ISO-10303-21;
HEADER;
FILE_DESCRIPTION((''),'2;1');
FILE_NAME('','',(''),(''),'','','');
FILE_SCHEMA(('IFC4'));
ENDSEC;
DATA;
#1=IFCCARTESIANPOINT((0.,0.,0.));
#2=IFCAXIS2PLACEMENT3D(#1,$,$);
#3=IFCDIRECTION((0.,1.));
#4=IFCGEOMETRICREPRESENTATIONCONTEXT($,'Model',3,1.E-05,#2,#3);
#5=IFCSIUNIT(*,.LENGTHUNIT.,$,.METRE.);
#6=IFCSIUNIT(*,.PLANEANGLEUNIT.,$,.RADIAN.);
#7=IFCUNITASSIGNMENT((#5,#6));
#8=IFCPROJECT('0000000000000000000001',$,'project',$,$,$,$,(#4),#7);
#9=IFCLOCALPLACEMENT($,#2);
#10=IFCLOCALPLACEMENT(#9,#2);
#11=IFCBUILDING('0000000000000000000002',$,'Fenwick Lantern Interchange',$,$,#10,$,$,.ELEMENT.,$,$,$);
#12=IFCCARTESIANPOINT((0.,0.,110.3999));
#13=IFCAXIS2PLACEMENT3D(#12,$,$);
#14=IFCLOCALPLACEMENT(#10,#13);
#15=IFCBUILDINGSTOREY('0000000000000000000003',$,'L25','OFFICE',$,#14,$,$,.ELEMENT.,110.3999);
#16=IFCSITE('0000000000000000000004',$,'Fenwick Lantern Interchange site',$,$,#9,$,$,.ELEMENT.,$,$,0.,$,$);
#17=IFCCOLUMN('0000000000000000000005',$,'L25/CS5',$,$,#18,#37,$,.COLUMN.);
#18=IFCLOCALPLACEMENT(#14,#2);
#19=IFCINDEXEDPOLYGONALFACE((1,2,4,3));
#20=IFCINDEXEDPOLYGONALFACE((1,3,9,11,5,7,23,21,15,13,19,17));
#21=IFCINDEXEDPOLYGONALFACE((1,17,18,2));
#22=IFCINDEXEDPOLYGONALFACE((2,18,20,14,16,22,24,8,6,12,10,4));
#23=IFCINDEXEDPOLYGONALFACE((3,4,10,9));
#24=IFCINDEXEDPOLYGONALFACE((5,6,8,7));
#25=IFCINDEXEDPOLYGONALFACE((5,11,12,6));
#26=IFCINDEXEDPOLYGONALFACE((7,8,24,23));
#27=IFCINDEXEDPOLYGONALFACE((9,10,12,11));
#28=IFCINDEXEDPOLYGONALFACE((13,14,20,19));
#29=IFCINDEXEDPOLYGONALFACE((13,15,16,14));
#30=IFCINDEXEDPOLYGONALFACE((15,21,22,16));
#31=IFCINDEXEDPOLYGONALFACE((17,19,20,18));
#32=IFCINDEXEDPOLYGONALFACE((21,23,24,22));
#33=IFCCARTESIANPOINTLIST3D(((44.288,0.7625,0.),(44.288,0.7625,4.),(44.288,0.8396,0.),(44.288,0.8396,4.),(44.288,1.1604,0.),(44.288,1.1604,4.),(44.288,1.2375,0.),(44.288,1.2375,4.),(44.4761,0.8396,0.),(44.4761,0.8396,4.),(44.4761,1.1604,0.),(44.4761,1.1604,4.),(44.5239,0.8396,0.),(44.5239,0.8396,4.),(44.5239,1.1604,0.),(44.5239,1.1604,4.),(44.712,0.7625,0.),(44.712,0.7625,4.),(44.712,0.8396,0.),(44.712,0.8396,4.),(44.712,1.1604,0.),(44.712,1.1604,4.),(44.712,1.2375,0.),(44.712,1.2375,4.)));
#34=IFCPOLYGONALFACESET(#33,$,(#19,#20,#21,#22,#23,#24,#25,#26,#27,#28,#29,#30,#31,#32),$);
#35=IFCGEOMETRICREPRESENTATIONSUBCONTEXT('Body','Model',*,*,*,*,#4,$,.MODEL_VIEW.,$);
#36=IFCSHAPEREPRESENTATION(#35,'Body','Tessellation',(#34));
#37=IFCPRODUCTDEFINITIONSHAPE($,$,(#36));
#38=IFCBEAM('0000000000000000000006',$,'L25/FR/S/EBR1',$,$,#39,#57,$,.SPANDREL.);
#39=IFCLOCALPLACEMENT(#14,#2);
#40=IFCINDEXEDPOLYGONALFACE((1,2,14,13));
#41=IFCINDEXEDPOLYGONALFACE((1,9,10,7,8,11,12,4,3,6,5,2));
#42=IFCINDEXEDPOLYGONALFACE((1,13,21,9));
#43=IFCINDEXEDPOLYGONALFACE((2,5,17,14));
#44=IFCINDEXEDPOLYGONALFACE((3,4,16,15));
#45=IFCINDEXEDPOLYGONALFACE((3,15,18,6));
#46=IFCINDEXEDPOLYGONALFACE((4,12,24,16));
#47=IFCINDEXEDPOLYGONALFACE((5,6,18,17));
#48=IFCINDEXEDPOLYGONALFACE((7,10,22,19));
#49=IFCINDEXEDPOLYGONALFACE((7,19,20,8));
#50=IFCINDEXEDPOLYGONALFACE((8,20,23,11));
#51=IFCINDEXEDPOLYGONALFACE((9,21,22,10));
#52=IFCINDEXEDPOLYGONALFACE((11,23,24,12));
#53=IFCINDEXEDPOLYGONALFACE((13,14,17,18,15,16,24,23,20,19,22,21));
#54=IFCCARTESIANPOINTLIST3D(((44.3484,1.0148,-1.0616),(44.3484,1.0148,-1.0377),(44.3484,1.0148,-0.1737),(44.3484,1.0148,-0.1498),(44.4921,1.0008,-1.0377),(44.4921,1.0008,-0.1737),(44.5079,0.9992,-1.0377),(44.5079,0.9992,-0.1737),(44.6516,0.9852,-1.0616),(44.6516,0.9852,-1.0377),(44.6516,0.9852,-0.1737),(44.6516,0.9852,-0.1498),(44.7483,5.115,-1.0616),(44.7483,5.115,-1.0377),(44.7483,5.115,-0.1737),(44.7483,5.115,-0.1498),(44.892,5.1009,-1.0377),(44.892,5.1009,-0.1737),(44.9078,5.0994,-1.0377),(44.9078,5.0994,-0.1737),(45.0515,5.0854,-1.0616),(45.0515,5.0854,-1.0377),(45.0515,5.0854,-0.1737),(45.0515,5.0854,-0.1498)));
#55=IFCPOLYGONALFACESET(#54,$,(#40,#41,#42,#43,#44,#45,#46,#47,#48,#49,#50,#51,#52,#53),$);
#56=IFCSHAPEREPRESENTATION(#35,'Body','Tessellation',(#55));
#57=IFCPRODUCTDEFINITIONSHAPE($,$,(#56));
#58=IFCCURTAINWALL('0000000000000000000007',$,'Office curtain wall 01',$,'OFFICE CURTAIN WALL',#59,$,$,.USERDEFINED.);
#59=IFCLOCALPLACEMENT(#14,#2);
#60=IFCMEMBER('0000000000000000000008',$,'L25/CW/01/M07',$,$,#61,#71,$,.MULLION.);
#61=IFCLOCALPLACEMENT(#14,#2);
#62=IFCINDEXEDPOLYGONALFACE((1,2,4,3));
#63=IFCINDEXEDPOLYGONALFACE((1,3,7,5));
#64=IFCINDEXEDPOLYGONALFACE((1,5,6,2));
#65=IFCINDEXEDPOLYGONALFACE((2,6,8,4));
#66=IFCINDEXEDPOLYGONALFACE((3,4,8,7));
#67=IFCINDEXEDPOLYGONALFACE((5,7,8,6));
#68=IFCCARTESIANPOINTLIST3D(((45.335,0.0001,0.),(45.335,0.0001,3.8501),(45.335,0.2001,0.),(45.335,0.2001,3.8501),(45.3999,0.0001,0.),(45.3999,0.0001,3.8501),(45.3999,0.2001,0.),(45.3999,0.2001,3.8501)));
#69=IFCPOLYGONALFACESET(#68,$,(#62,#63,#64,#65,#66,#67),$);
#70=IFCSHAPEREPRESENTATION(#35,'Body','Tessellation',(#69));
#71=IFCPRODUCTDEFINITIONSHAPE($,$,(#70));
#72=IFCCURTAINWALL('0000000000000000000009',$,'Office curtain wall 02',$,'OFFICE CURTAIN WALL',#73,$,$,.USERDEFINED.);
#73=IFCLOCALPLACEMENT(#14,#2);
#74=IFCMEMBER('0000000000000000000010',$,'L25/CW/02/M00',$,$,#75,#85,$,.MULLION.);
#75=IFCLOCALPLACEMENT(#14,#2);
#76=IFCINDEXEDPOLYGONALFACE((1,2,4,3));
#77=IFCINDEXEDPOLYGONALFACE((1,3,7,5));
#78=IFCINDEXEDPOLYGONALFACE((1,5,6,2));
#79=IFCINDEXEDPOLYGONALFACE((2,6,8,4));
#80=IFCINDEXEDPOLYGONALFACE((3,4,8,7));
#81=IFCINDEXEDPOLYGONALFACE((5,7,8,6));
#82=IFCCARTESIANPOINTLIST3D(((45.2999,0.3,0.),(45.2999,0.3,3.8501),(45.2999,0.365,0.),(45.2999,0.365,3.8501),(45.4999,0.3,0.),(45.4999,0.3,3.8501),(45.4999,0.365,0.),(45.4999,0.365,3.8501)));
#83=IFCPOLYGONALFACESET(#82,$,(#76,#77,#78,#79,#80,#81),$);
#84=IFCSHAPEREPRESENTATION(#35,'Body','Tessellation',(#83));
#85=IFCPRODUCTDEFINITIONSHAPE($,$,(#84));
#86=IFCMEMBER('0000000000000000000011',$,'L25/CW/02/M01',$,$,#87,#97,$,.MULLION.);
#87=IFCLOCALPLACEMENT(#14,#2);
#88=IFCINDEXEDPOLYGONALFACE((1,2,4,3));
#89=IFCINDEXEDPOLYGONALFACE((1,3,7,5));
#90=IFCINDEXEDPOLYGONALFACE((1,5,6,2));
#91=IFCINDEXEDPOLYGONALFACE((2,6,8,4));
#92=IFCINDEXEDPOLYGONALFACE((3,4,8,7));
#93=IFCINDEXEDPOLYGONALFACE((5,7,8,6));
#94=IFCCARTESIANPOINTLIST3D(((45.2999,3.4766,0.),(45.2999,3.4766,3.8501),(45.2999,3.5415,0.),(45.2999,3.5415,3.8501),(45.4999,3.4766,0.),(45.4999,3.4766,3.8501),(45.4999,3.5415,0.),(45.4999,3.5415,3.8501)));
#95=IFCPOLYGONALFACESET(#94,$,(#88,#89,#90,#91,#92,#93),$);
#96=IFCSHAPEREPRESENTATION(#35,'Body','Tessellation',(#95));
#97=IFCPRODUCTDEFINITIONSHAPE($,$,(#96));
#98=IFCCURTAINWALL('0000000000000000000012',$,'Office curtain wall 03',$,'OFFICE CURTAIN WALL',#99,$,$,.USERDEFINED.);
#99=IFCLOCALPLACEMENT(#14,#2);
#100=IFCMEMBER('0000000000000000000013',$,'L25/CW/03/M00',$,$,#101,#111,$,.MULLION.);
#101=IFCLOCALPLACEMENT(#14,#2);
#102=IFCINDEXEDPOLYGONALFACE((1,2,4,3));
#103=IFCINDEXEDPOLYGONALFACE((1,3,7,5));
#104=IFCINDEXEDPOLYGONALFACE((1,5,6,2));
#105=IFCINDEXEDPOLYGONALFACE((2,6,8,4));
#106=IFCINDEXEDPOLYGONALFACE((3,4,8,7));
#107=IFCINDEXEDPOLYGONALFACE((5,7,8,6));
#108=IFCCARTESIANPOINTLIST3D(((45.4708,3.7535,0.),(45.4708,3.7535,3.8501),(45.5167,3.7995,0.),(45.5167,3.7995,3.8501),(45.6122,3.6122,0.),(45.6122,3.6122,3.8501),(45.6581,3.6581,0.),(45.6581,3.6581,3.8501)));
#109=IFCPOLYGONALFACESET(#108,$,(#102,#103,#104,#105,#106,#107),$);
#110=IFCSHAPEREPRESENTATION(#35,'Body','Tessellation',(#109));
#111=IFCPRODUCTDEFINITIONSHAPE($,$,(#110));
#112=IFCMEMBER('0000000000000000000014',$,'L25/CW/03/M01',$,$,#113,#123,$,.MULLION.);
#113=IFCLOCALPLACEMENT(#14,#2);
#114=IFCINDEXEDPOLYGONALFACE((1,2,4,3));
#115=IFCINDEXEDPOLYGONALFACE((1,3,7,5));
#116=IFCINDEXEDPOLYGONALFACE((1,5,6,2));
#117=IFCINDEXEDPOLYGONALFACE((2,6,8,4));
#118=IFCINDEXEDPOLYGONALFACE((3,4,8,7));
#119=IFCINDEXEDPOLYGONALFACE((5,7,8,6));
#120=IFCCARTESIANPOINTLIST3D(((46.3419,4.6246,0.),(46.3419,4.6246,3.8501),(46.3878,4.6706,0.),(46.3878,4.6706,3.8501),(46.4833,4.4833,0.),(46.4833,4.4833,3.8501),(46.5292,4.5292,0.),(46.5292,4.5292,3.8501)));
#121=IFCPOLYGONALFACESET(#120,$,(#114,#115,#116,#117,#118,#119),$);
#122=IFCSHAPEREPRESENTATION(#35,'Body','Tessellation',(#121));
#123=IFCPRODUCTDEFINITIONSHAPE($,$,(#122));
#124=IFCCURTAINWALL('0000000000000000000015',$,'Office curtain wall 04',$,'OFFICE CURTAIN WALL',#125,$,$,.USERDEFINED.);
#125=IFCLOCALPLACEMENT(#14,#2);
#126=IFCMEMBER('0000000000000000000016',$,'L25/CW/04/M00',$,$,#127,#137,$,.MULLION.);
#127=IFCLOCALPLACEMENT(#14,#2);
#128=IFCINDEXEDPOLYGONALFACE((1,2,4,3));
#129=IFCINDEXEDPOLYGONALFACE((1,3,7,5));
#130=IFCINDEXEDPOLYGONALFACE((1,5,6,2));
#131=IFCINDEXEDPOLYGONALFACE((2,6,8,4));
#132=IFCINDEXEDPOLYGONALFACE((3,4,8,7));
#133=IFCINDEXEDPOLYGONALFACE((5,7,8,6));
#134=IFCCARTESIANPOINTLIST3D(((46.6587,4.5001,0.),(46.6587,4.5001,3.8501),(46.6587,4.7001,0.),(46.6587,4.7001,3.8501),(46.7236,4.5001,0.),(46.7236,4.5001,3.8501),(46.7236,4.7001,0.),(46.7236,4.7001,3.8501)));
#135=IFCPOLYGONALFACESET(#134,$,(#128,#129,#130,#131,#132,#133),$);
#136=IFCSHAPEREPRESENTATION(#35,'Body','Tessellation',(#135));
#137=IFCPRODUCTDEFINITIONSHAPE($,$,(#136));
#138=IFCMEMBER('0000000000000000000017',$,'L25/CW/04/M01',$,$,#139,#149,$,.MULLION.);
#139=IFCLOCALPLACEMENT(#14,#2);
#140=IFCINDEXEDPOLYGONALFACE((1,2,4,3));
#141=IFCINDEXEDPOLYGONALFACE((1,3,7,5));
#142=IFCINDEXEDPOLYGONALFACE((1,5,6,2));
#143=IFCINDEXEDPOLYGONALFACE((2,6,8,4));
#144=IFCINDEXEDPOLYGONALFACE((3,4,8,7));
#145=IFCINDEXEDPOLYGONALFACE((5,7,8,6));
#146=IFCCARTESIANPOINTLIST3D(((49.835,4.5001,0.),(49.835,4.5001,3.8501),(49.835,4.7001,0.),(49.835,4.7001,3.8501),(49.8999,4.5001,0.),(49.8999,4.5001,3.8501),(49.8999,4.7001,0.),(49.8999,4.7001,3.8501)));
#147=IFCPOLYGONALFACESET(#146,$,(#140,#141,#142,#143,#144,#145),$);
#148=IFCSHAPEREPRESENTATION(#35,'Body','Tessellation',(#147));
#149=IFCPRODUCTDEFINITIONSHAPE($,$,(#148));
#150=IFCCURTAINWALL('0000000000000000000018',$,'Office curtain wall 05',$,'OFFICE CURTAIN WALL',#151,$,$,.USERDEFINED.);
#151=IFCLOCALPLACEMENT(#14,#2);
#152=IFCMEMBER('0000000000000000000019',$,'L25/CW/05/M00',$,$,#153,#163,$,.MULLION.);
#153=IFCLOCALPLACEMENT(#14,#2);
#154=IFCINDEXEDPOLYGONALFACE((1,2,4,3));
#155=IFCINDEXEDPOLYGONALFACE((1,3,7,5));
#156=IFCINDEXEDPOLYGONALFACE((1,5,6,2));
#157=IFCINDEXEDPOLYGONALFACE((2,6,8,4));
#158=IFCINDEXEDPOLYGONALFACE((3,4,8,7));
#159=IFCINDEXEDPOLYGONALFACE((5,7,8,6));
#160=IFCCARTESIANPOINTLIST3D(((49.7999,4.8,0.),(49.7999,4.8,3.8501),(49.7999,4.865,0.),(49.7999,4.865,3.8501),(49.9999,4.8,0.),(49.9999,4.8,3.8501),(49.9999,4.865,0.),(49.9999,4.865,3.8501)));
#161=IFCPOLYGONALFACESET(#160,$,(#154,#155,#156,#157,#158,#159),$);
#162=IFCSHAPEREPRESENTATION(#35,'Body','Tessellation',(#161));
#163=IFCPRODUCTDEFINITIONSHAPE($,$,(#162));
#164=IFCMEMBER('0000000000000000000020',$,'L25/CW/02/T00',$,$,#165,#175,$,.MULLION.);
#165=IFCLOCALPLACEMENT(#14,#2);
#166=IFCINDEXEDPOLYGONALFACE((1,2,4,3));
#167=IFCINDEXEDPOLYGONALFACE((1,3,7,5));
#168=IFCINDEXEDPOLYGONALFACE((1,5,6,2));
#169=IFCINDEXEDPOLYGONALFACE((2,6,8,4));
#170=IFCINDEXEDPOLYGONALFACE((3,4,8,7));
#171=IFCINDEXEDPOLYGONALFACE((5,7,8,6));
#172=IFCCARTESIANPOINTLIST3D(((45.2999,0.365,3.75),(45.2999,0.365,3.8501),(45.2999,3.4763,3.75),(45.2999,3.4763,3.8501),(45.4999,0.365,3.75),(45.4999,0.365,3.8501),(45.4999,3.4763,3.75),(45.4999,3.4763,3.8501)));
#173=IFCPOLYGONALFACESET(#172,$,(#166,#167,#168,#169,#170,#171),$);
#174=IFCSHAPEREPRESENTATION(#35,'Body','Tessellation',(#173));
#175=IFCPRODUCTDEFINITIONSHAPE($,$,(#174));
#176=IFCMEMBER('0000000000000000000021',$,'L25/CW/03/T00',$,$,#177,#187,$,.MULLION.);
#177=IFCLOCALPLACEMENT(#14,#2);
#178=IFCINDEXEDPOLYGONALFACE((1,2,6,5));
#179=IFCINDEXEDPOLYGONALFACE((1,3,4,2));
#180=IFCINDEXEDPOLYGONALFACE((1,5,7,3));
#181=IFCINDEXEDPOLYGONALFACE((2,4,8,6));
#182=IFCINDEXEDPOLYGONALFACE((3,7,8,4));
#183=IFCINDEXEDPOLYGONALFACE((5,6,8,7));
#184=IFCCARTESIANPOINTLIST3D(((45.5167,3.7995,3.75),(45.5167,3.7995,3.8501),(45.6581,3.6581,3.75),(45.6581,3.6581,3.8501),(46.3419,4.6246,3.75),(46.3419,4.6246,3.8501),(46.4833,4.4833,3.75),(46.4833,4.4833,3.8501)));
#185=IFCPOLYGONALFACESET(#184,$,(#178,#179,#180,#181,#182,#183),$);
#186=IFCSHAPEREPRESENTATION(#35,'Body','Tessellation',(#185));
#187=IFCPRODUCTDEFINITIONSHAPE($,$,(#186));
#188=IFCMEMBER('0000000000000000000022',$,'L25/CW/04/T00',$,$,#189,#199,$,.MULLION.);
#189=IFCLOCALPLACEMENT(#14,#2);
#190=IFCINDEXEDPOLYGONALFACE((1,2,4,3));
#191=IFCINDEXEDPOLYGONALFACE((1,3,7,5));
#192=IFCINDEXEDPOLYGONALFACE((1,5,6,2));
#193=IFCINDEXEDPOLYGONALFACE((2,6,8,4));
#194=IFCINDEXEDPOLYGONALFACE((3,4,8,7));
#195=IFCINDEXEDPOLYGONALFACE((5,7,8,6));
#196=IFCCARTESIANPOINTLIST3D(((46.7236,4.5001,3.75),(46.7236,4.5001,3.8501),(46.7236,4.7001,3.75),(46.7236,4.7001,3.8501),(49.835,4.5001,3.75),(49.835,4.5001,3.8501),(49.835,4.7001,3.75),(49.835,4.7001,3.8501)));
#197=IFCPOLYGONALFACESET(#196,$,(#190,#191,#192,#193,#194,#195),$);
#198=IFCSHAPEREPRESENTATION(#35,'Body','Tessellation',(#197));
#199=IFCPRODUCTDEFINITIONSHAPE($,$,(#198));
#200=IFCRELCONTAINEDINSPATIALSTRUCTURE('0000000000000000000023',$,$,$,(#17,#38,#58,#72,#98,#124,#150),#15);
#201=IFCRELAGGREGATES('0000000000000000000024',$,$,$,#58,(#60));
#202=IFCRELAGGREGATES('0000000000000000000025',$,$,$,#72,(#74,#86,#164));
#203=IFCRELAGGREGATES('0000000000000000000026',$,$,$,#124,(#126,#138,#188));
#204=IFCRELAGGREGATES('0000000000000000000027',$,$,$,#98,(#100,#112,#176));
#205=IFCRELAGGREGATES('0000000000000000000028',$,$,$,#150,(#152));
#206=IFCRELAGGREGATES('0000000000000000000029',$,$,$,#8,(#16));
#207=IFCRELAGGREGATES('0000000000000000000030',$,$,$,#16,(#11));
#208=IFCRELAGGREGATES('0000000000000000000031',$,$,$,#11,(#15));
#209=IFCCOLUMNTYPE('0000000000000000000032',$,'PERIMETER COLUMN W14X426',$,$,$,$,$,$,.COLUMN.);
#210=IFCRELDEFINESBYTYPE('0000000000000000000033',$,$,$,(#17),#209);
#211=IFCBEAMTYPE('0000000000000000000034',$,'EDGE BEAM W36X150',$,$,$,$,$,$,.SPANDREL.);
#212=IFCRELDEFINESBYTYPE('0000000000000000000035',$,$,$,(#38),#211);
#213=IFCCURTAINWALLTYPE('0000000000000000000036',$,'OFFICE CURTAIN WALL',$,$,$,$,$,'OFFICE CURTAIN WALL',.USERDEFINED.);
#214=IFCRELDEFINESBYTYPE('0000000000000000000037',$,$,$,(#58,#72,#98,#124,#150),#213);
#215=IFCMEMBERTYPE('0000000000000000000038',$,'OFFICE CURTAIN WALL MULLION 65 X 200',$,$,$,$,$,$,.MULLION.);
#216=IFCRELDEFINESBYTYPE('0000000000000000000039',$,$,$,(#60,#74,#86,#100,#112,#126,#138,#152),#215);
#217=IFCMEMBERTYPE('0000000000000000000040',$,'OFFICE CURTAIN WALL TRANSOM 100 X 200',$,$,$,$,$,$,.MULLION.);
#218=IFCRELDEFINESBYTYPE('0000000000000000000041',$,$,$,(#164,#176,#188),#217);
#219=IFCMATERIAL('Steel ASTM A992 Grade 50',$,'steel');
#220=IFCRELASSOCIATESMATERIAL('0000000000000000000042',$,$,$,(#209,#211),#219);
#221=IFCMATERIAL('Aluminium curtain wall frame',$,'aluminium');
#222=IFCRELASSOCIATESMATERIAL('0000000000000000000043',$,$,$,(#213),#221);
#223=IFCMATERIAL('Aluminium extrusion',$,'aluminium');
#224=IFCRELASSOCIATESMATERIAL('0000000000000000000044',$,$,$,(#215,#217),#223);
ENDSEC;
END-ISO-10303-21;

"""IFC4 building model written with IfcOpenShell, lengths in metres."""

from ifc_helpers import new_model, si_unit, direction, frame, origin, origin_2d, place, context, subcontext, project, spatial, rectangle, i_section, extrude, material, material_profile, profile_set, type_object, element, aggregate, save


model = new_model("IFC4")

# Units and contexts
model_context = context("Model", 3, precision=1e-05, world=origin(), true_north=direction((0.0, 1.0)))
body_context = subcontext(model_context, "Body", "Model", "MODEL_VIEW")
ifc_project = project(units=[si_unit("LENGTHUNIT", "METRE"), si_unit("PLANEANGLEUNIT", "RADIAN")], contexts=[model_context])

# Site, building, storey
site_placement = place(None, origin())
site = spatial("IfcSite", under=ifc_project, at=site_placement, Name="Fenwick Lantern Interchange site", CompositionType="ELEMENT", RefElevation=0.0)
building_placement = place(site_placement, origin())
building = spatial("IfcBuilding", under=site, at=building_placement, Name="Fenwick Lantern Interchange", CompositionType="ELEMENT")
storey_placement = place(building_placement, frame((0.0, 0.0, 110.3999)))
storey = spatial("IfcBuildingStorey", under=building, at=storey_placement, Name="L25", Description="OFFICE", CompositionType="ELEMENT", Elevation=110.3999)

# Column
ifc_material_1 = material(Name="Steel ASTM A992 Grade 50", Category="steel")
ifc_material_profile_1 = material_profile(ifc_material_1, i_section(OverallWidth=0.4241, OverallDepth=0.4751, WebThickness=0.0479, FlangeThickness=0.0771, at=origin_2d()), Name="W14X426")
ifc_profile_set_1 = profile_set([ifc_material_profile_1], Name="Steel ASTM A992 Grade 50")
column_type = type_object("IfcColumnType", Name="PERIMETER COLUMN W14X426", PredefinedType="COLUMN", material=ifc_profile_set_1)
column_placement = place(storey_placement, frame((44.5, 1.0, 0.0), z_axis=(0.0, 0.0, 1.0), x_axis=(1.0, 0.0, 0.0)))
element("IfcColumn", 1, at=column_placement, inside=storey, type_object=column_type, Name="L25/CS5", PredefinedType="COLUMN", context=body_context, shape_type="SweptSolid", body=[
    extrude(i_section(OverallWidth=0.4241, OverallDepth=0.4751, WebThickness=0.0479, FlangeThickness=0.0771, at=origin_2d()), origin(), (0.0, 0.0, 1.0), 4.0),
])

# Beam
ifc_material_profile_2 = material_profile(ifc_material_1, i_section(OverallWidth=0.3047, OverallDepth=0.9119, WebThickness=0.0159, FlangeThickness=0.0239, at=origin_2d()), Name="W36X150")
ifc_profile_set_2 = profile_set([ifc_material_profile_2], Name="Steel ASTM A992 Grade 50")
beam_type = type_object("IfcBeamType", Name="EDGE BEAM W36X150", PredefinedType="SPANDREL", material=ifc_profile_set_2)
beam_placement = place(storey_placement, frame((44.5, 1.0, -0.6057), z_axis=(0.097074, 0.995277, 0.0), x_axis=(-0.995277, 0.097074, 0.0)))
element("IfcBeam", 2, at=beam_placement, inside=storey, type_object=beam_type, Name="L25/FR/S/EBR1", PredefinedType="SPANDREL", context=body_context, shape_type="SweptSolid", body=[
    extrude(i_section(OverallWidth=0.3047, OverallDepth=0.9119, WebThickness=0.0159, FlangeThickness=0.0239, at=origin_2d()), origin(), (0.0, 0.0, 1.0), 4.1196),
])

# Curtain wall, member
ifc_material_2 = material(Name="Aluminium curtain wall frame", Category="aluminium")
curtain_wall_type = type_object("IfcCurtainWallType", Name="OFFICE CURTAIN WALL", ElementType="OFFICE CURTAIN WALL", PredefinedType="USERDEFINED", material=ifc_material_2)
curtain_wall_1_placement = place(storey_placement, origin())
curtain_wall_1 = element("IfcCurtainWall", 3, at=curtain_wall_1_placement, inside=storey, type_object=curtain_wall_type, Name="Office curtain wall 01", ObjectType="OFFICE CURTAIN WALL", PredefinedType="USERDEFINED")
ifc_material_3 = material(Name="Aluminium extrusion", Category="aluminium")
ifc_material_profile_3 = material_profile(ifc_material_3, rectangle(XDim=0.2, YDim=0.0649, at=origin_2d()), Name="OFFICE CURTAIN WALL MULLION 65 X 200")
ifc_profile_set_3 = profile_set([ifc_material_profile_3], Name="Aluminium extrusion")
member_type_1 = type_object("IfcMemberType", Name="OFFICE CURTAIN WALL MULLION 65 X 200", PredefinedType="MULLION", material=ifc_profile_set_3)
member_1_placement = place(storey_placement, frame((45.3674, 0.1001, 0.0), z_axis=(0.0, 0.0, 1.0), x_axis=(0.0, 1.0, 0.0)))
member_1 = element("IfcMember", 4, at=member_1_placement, type_object=member_type_1, Name="L25/CW/01/M07", PredefinedType="MULLION", context=body_context, shape_type="SweptSolid", body=[
    extrude(rectangle(XDim=0.2, YDim=0.0649, at=origin_2d()), origin(), (0.0, 0.0, 1.0), 3.8501),
])
aggregate(curtain_wall_1, [member_1])

# Curtain walls, members
curtain_wall_2_placement = place(storey_placement, origin())
curtain_wall_2 = element("IfcCurtainWall", 5, at=curtain_wall_2_placement, inside=storey, type_object=curtain_wall_type, Name="Office curtain wall 02", ObjectType="OFFICE CURTAIN WALL", PredefinedType="USERDEFINED")
member_2_placement = place(storey_placement, frame((45.3999, 0.3325, 0.0), z_axis=(0.0, 0.0, 1.0), x_axis=(-1.0, 0.0, 0.0)))
member_2 = element("IfcMember", 6, at=member_2_placement, type_object=member_type_1, Name="L25/CW/02/M00", PredefinedType="MULLION", context=body_context, shape_type="SweptSolid", body=[
    extrude(rectangle(XDim=0.2, YDim=0.0649, at=origin_2d()), origin(), (0.0, 0.0, 1.0), 3.8501),
])
member_3_placement = place(storey_placement, frame((45.3999, 3.509, 0.0), z_axis=(0.0, 0.0, 1.0), x_axis=(-1.0, 0.0, 0.0)))
member_3 = element("IfcMember", 7, at=member_3_placement, type_object=member_type_1, Name="L25/CW/02/M01", PredefinedType="MULLION", context=body_context, shape_type="SweptSolid", body=[
    extrude(rectangle(XDim=0.2, YDim=0.0649, at=origin_2d()), origin(), (0.0, 0.0, 1.0), 3.8501),
])
curtain_wall_3_placement = place(storey_placement, origin())
curtain_wall_3 = element("IfcCurtainWall", 8, at=curtain_wall_3_placement, inside=storey, type_object=curtain_wall_type, Name="Office curtain wall 03", ObjectType="OFFICE CURTAIN WALL", PredefinedType="USERDEFINED")
member_4_placement = place(storey_placement, frame((45.5645, 3.7058, 0.0), z_axis=(0.0, 0.0, 1.0), x_axis=(-0.707107, 0.707107, 0.0)))
member_4 = element("IfcMember", 9, at=member_4_placement, type_object=member_type_1, Name="L25/CW/03/M00", PredefinedType="MULLION", context=body_context, shape_type="SweptSolid", body=[
    extrude(rectangle(XDim=0.2, YDim=0.0649, at=origin_2d()), origin(), (0.0, 0.0, 1.0), 3.8501),
])
member_5_placement = place(storey_placement, frame((46.4355, 4.5769, 0.0), z_axis=(0.0, 0.0, 1.0), x_axis=(-0.707107, 0.707107, 0.0)))
member_5 = element("IfcMember", 10, at=member_5_placement, type_object=member_type_1, Name="L25/CW/03/M01", PredefinedType="MULLION", context=body_context, shape_type="SweptSolid", body=[
    extrude(rectangle(XDim=0.2, YDim=0.0649, at=origin_2d()), origin(), (0.0, 0.0, 1.0), 3.8501),
])
curtain_wall_4_placement = place(storey_placement, origin())
curtain_wall_4 = element("IfcCurtainWall", 11, at=curtain_wall_4_placement, inside=storey, type_object=curtain_wall_type, Name="Office curtain wall 04", ObjectType="OFFICE CURTAIN WALL", PredefinedType="USERDEFINED")
member_6_placement = place(storey_placement, frame((46.6912, 4.6001, 0.0), z_axis=(0.0, 0.0, 1.0), x_axis=(0.0, 1.0, 0.0)))
member_6 = element("IfcMember", 12, at=member_6_placement, type_object=member_type_1, Name="L25/CW/04/M00", PredefinedType="MULLION", context=body_context, shape_type="SweptSolid", body=[
    extrude(rectangle(XDim=0.2, YDim=0.0649, at=origin_2d()), origin(), (0.0, 0.0, 1.0), 3.8501),
])
member_7_placement = place(storey_placement, frame((49.8674, 4.6001, 0.0), z_axis=(0.0, 0.0, 1.0), x_axis=(0.0, 1.0, 0.0)))
member_7 = element("IfcMember", 13, at=member_7_placement, type_object=member_type_1, Name="L25/CW/04/M01", PredefinedType="MULLION", context=body_context, shape_type="SweptSolid", body=[
    extrude(rectangle(XDim=0.2, YDim=0.0649, at=origin_2d()), origin(), (0.0, 0.0, 1.0), 3.8501),
])

# Curtain wall, member
curtain_wall_5_placement = place(storey_placement, origin())
curtain_wall_5 = element("IfcCurtainWall", 14, at=curtain_wall_5_placement, inside=storey, type_object=curtain_wall_type, Name="Office curtain wall 05", ObjectType="OFFICE CURTAIN WALL", PredefinedType="USERDEFINED")
member_8_placement = place(storey_placement, frame((49.8999, 4.8325, 0.0), z_axis=(0.0, 0.0, 1.0), x_axis=(-1.0, 0.0, 0.0)))
member_8 = element("IfcMember", 15, at=member_8_placement, type_object=member_type_1, Name="L25/CW/05/M00", PredefinedType="MULLION", context=body_context, shape_type="SweptSolid", body=[
    extrude(rectangle(XDim=0.2, YDim=0.0649, at=origin_2d()), origin(), (0.0, 0.0, 1.0), 3.8501),
])

# Members
ifc_material_profile_4 = material_profile(ifc_material_3, rectangle(XDim=0.2, YDim=0.1001, at=origin_2d()), Name="OFFICE CURTAIN WALL TRANSOM 100 X 200")
ifc_profile_set_4 = profile_set([ifc_material_profile_4], Name="Aluminium extrusion")
member_type_2 = type_object("IfcMemberType", Name="OFFICE CURTAIN WALL TRANSOM 100 X 200", PredefinedType="MULLION", material=ifc_profile_set_4)
member_9_placement = place(storey_placement, frame((45.3999, 0.365, 3.8), z_axis=(0.0, 1.0, 0.0), x_axis=(-1.0, 0.0, 0.0)))
member_9 = element("IfcMember", 16, at=member_9_placement, type_object=member_type_2, Name="L25/CW/02/T00", PredefinedType="MULLION", context=body_context, shape_type="SweptSolid", body=[
    extrude(rectangle(XDim=0.2, YDim=0.1001, at=origin_2d()), origin(), (0.0, 0.0, 1.0), 3.1113),
])
aggregate(curtain_wall_2, [member_2, member_3, member_9])
member_10_placement = place(storey_placement, frame((45.5874, 3.7288, 3.8), z_axis=(0.707107, 0.707107, 0.0), x_axis=(-0.707107, 0.707107, 0.0)))
member_10 = element("IfcMember", 17, at=member_10_placement, type_object=member_type_2, Name="L25/CW/03/T00", PredefinedType="MULLION", context=body_context, shape_type="SweptSolid", body=[
    extrude(rectangle(XDim=0.2, YDim=0.1001, at=origin_2d()), origin(), (0.0, 0.0, 1.0), 1.167),
])
member_11_placement = place(storey_placement, frame((46.7236, 4.6001, 3.8), z_axis=(1.0, 0.0, 0.0), x_axis=(0.0, 1.0, 0.0)))
member_11 = element("IfcMember", 18, at=member_11_placement, type_object=member_type_2, Name="L25/CW/04/T00", PredefinedType="MULLION", context=body_context, shape_type="SweptSolid", body=[
    extrude(rectangle(XDim=0.2, YDim=0.1001, at=origin_2d()), origin(), (0.0, 0.0, 1.0), 3.1113),
])
aggregate(curtain_wall_4, [member_6, member_7, member_11])

aggregate(curtain_wall_3, [member_4, member_5, member_10])
aggregate(curtain_wall_5, [member_8])

save(model, "model.ifc")
